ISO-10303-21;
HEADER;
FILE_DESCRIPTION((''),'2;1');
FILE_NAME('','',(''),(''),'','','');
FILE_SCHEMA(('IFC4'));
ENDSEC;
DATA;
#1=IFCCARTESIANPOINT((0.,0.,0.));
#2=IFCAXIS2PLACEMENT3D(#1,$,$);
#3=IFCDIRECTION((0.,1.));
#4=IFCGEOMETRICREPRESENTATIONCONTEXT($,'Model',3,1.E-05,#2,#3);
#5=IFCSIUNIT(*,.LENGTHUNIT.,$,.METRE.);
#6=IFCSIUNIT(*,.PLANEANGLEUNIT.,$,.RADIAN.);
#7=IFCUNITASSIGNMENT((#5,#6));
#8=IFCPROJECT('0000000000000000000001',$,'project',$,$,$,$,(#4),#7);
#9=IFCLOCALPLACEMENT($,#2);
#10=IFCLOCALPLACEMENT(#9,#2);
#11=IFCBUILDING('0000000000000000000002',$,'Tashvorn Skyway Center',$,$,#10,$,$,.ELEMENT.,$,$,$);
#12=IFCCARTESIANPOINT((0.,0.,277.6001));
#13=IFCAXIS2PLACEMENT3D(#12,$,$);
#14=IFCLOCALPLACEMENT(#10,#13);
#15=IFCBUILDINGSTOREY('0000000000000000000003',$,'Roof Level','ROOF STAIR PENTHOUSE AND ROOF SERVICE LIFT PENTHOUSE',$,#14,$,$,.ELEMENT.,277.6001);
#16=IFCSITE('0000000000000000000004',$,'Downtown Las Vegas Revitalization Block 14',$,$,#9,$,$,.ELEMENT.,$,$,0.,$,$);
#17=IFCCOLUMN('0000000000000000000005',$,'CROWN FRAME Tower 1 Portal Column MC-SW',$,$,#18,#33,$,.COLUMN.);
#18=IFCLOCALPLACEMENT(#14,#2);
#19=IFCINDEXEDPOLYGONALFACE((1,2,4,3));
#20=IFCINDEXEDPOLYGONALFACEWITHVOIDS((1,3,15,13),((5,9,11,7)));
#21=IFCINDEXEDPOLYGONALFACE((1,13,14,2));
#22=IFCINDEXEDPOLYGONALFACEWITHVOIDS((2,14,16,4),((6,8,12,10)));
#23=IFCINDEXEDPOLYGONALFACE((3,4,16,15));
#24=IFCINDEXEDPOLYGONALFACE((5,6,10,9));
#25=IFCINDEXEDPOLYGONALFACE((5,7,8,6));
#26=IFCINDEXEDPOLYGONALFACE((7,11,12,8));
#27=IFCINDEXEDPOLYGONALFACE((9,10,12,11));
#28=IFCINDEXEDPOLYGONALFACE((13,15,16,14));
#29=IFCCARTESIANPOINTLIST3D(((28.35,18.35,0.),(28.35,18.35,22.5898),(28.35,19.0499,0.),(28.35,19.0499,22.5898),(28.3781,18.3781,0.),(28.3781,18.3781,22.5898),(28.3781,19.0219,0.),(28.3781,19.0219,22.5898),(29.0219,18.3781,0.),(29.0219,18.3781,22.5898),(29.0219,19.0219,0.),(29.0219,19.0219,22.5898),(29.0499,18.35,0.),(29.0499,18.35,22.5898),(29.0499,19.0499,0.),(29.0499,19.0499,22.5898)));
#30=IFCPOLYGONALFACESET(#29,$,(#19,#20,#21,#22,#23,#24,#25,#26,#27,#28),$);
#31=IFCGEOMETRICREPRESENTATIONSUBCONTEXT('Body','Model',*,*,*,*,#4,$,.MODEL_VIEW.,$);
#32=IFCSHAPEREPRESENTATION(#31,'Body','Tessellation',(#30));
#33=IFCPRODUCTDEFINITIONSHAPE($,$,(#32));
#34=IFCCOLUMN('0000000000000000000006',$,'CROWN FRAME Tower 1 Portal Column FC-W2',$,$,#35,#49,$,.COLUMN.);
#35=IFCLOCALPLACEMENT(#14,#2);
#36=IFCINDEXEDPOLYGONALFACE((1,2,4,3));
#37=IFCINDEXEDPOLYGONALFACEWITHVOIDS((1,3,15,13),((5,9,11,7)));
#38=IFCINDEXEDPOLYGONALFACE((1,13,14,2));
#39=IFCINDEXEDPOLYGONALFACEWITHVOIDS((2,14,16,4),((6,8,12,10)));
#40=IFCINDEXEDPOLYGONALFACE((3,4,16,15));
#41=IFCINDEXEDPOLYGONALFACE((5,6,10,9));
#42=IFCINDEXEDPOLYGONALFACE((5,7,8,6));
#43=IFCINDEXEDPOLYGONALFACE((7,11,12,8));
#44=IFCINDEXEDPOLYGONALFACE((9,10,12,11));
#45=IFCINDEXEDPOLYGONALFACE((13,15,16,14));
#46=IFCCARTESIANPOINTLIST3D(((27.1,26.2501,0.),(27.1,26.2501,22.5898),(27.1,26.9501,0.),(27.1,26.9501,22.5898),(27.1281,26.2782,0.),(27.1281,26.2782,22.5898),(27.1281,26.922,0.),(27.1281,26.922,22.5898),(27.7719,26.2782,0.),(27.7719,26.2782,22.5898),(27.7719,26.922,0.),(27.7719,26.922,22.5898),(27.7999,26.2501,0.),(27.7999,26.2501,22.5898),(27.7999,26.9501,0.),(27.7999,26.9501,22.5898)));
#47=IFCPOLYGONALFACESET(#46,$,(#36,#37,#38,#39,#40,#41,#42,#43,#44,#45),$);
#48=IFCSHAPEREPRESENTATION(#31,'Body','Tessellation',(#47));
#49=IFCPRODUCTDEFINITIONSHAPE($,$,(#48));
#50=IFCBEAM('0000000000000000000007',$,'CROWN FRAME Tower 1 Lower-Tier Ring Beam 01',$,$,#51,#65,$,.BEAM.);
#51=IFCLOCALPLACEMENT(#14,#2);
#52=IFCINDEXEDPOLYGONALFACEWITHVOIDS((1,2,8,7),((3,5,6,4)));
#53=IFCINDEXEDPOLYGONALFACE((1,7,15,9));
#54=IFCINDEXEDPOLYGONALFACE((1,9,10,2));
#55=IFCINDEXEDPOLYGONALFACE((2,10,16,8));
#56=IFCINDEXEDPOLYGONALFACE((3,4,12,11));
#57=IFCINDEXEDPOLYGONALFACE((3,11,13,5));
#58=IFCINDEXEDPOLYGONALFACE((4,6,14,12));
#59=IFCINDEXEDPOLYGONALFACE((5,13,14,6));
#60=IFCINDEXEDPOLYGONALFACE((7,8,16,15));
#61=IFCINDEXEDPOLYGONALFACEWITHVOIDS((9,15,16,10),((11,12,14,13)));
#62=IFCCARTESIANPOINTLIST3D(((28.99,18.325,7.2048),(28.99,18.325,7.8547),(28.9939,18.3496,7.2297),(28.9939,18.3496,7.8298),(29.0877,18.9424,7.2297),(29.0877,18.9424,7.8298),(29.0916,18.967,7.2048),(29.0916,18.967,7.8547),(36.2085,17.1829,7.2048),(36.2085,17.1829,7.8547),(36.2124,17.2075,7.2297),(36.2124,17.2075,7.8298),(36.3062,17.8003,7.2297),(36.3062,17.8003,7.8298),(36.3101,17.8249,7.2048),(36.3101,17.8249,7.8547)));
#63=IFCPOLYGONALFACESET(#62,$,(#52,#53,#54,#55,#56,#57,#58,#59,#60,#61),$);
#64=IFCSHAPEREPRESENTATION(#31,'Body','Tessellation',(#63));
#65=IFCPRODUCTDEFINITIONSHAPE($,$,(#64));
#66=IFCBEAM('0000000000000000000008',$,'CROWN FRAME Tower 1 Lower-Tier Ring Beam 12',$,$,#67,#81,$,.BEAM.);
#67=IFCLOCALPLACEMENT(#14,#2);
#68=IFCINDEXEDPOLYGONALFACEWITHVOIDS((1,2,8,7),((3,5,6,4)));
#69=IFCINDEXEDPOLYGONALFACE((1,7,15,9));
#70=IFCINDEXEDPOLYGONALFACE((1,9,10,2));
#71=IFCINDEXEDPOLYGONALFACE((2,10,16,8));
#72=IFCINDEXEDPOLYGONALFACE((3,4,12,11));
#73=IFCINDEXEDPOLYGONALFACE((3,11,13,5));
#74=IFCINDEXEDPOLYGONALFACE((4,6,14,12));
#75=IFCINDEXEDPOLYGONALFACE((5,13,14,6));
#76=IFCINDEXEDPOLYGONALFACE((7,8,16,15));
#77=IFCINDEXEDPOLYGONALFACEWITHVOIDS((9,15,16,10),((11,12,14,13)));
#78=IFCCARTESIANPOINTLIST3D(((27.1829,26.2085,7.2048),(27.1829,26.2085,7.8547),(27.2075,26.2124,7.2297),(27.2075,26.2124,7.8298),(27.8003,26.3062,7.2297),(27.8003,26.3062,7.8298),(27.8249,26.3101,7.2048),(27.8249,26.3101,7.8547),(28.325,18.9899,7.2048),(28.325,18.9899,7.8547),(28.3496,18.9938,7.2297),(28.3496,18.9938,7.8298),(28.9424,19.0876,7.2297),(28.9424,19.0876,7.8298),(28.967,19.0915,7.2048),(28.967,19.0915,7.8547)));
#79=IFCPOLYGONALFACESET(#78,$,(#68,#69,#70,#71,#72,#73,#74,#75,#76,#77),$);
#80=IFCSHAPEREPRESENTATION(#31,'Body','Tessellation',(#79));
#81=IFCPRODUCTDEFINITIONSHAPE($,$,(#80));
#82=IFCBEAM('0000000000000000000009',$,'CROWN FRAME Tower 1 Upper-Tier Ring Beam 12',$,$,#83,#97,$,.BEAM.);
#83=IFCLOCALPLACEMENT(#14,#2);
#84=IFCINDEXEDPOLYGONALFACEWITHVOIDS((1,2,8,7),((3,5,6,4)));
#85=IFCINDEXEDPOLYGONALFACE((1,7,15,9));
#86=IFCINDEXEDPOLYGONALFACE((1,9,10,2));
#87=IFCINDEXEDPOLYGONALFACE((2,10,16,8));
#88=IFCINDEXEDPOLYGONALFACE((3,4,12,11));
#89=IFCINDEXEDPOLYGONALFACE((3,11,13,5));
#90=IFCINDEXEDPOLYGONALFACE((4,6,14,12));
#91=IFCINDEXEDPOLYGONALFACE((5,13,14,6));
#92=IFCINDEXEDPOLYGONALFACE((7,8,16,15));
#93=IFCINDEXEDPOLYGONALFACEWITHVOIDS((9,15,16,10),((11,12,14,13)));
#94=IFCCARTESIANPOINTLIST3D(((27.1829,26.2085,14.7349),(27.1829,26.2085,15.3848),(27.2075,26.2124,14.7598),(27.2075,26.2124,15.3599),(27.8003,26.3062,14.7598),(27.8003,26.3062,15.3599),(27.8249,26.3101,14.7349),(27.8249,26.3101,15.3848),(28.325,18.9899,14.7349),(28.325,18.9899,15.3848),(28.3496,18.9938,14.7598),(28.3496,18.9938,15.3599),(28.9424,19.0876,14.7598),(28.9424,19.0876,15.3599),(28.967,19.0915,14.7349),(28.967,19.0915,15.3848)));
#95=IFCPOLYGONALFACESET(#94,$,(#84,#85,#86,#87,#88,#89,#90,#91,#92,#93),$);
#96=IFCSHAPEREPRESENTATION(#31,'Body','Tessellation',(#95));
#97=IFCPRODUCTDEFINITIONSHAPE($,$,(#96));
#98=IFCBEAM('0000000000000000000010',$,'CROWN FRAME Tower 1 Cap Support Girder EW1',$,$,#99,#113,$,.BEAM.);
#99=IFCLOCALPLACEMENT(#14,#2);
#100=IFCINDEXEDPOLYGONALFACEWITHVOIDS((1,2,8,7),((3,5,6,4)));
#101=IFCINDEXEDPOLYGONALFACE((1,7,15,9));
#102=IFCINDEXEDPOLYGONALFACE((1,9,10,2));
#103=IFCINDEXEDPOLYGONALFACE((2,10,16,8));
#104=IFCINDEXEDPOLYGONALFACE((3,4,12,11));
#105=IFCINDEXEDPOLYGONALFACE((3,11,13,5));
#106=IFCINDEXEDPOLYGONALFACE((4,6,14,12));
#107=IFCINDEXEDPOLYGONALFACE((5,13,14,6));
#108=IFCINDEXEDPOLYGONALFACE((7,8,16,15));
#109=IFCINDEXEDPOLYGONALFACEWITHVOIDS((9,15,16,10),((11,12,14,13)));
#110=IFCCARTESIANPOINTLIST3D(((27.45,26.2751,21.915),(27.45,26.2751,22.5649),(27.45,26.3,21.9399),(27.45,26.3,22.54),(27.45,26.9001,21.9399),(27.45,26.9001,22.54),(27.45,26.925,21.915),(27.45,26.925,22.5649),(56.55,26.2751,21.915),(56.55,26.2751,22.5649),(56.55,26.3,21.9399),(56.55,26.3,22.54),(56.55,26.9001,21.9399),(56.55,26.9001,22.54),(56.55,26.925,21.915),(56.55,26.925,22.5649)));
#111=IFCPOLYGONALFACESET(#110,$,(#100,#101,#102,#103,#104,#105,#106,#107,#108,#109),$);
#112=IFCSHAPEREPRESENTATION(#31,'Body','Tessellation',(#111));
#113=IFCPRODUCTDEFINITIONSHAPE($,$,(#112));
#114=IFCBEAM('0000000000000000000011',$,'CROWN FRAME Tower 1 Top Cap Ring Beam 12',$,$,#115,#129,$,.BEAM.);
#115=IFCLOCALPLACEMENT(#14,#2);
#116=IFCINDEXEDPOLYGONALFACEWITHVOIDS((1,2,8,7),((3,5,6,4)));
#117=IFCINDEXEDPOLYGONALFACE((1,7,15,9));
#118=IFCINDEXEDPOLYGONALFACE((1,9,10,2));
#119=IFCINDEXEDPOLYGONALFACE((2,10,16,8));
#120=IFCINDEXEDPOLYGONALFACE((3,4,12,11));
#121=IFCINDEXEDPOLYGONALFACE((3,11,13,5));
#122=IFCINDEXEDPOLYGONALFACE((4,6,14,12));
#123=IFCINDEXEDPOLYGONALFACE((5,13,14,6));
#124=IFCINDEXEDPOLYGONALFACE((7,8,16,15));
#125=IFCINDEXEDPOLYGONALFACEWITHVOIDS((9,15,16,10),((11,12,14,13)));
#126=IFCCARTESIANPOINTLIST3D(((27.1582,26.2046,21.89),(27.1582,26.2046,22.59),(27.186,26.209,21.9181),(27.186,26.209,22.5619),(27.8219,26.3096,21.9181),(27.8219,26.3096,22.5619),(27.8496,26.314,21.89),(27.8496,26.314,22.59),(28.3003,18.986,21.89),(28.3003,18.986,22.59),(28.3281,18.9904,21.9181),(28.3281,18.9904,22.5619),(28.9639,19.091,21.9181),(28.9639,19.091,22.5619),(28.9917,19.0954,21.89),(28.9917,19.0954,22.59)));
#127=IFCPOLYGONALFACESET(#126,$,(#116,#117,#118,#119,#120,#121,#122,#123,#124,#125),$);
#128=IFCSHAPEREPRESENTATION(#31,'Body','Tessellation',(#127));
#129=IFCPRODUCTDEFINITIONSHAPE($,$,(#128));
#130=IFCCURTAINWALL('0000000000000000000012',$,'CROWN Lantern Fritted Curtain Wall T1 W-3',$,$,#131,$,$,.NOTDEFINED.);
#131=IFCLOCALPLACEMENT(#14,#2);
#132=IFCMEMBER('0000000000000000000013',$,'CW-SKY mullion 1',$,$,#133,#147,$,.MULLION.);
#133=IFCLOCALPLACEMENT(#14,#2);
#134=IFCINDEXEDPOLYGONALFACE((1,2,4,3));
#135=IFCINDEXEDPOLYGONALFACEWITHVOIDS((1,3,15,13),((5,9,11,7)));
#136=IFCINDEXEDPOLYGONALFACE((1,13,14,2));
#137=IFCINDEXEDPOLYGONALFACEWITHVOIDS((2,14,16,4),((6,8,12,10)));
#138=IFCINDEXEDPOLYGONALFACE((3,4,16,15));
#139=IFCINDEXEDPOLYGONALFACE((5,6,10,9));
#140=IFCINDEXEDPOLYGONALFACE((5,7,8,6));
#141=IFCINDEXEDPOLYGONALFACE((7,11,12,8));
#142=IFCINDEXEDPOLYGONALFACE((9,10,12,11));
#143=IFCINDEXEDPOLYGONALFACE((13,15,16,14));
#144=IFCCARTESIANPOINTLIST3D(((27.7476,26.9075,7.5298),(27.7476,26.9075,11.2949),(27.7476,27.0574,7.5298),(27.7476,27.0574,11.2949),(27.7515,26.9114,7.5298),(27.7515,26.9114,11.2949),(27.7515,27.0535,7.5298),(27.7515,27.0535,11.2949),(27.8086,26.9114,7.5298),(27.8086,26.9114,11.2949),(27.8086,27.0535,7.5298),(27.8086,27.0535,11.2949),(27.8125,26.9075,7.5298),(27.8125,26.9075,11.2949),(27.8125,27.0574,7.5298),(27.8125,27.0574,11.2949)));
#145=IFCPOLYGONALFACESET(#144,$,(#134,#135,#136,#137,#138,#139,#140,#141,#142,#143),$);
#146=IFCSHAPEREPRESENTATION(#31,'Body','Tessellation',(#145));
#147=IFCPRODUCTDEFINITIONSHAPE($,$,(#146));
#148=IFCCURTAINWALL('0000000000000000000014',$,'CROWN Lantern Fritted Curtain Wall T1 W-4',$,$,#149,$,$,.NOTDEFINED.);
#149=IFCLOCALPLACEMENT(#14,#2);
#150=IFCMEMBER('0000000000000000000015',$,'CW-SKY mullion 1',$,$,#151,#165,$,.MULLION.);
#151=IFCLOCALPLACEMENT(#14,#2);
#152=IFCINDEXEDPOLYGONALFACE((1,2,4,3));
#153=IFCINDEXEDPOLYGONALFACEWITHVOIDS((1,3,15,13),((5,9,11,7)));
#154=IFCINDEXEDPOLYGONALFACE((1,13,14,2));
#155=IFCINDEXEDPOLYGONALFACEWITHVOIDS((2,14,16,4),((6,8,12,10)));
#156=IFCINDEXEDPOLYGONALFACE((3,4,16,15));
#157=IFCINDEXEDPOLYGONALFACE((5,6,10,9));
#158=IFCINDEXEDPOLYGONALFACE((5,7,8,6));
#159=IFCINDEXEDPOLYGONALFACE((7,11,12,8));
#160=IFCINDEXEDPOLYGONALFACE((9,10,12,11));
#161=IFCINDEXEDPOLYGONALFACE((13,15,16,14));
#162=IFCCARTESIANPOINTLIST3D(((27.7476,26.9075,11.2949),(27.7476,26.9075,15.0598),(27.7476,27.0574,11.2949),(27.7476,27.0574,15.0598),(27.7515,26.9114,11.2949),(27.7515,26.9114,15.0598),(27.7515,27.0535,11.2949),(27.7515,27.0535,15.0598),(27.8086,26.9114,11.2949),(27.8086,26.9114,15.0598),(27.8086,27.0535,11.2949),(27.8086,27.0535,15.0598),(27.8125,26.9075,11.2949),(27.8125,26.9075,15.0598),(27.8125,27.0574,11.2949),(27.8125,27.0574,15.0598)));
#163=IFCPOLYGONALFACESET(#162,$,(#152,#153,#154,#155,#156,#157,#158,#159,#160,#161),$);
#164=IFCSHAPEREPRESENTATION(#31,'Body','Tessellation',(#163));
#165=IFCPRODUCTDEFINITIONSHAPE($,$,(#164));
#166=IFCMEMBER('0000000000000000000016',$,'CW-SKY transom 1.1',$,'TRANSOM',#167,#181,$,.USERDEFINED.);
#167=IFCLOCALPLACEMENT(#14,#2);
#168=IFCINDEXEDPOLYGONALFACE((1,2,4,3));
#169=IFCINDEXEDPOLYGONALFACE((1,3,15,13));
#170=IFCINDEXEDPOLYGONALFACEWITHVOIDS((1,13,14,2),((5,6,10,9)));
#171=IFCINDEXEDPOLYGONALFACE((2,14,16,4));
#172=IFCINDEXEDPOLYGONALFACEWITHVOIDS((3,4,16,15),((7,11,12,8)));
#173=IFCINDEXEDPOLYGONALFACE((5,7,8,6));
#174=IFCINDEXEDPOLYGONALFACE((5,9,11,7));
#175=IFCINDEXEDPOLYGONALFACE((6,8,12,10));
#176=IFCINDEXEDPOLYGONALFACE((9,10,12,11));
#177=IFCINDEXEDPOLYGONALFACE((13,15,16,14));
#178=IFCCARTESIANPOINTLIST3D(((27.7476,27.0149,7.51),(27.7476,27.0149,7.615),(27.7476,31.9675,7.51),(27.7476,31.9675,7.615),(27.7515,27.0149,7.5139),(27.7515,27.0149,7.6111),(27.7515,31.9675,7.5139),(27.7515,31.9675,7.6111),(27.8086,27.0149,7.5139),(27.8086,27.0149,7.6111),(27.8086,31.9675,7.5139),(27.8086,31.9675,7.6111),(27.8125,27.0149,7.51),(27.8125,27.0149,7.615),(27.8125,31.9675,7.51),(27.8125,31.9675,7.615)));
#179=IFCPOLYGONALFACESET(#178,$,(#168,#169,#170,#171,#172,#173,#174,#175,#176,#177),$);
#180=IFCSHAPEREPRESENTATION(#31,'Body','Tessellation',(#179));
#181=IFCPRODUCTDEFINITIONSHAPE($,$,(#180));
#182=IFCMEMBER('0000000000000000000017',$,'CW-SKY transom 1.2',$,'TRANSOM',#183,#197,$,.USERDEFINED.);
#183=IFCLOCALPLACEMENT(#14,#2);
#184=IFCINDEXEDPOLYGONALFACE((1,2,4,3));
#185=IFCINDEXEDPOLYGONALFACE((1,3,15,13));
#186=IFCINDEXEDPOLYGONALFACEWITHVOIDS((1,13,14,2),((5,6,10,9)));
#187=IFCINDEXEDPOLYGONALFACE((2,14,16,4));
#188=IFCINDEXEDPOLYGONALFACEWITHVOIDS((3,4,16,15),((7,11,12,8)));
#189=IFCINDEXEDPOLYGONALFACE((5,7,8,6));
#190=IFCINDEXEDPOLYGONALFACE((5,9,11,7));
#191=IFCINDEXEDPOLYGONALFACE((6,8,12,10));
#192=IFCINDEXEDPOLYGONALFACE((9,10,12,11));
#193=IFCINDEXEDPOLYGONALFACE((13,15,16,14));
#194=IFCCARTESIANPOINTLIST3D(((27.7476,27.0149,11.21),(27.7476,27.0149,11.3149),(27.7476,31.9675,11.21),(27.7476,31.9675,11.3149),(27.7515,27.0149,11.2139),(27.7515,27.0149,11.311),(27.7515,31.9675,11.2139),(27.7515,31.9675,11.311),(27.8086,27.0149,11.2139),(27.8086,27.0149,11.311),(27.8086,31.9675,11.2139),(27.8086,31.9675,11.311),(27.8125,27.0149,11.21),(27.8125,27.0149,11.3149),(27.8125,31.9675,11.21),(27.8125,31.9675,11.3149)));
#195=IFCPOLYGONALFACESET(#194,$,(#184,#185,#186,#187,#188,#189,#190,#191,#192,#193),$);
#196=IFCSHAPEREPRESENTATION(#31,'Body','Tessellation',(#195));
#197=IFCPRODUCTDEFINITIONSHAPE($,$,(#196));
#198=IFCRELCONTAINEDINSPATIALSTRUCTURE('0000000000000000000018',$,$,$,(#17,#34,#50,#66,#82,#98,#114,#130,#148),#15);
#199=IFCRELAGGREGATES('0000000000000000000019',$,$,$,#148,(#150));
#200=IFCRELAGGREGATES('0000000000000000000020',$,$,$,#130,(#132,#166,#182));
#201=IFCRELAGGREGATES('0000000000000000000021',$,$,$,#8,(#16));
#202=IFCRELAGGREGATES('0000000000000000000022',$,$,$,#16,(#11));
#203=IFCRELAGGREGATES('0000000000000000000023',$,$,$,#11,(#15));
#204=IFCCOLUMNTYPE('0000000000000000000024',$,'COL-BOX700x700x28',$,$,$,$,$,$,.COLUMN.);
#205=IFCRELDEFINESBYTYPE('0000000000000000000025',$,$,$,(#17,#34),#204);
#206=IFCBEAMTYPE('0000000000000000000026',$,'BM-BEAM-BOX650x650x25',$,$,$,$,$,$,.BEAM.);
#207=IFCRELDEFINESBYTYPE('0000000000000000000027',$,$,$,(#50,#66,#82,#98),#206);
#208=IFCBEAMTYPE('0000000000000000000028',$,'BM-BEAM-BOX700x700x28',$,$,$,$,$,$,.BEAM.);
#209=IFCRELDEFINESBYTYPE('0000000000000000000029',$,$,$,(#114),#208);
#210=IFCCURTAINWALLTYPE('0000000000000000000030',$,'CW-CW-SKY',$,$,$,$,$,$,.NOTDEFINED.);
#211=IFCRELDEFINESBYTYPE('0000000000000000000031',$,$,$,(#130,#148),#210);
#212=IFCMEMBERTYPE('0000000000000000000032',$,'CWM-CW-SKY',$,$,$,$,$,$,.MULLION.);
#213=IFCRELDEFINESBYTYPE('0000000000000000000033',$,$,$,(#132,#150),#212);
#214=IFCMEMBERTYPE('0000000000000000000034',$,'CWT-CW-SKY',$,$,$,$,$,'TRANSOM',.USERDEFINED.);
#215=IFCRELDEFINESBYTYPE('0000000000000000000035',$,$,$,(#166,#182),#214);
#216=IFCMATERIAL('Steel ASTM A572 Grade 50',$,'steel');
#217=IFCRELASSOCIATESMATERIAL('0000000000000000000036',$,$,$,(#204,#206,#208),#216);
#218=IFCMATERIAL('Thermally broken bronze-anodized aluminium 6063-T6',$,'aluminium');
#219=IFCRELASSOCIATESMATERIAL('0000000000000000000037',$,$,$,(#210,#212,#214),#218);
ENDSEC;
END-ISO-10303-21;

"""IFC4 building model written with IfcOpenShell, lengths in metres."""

from ifc_helpers import new_model, si_unit, direction, frame, origin, origin_2d, place, context, subcontext, project, spatial, hollow_rectangle, extrude, material, material_profile, profile_set, type_object, element, aggregate, save


model = new_model("IFC4")

# Units and contexts
model_context = context("Model", 3, precision=1e-05, world=origin(), true_north=direction((0.0, 1.0)))
body_context = subcontext(model_context, "Body", "Model", "MODEL_VIEW")
ifc_project = project(units=[si_unit("LENGTHUNIT", "METRE"), si_unit("PLANEANGLEUNIT", "RADIAN")], contexts=[model_context])

# Site, building, storey
site_placement = place(None, origin())
site = spatial("IfcSite", under=ifc_project, at=site_placement, Name="Downtown Las Vegas Revitalization Block 14", CompositionType="ELEMENT", RefElevation=0.0)
building_placement = place(site_placement, origin())
building = spatial("IfcBuilding", under=site, at=building_placement, Name="Tashvorn Skyway Center", CompositionType="ELEMENT")
storey_placement = place(building_placement, frame((0.0, 0.0, 277.6001)))
storey = spatial("IfcBuildingStorey", under=building, at=storey_placement, Name="Roof Level", Description="ROOF STAIR PENTHOUSE AND ROOF SERVICE LIFT PENTHOUSE", CompositionType="ELEMENT", Elevation=277.6001)

# Columns
ifc_material_1 = material(Name="Steel ASTM A572 Grade 50", Category="steel")
ifc_material_profile_1 = material_profile(ifc_material_1, hollow_rectangle(XDim=0.7, YDim=0.7, WallThickness=0.0281, at=origin_2d()), Name="BOX700x700x28")
ifc_profile_set_1 = profile_set([ifc_material_profile_1], Name="Steel ASTM A572 Grade 50")
column_type = type_object("IfcColumnType", Name="COL-BOX700x700x28", PredefinedType="COLUMN", material=ifc_profile_set_1)
for number, where, z_axis, x_axis, name in (
    (1, (28.7, 18.7, 0.0), (0.0, 0.0, 1.0), (1.0, 0.0, 0.0), "CROWN FRAME Tower 1 Portal Column MC-SW"),
    (2, (27.45, 26.6001, 0.0), (0.0, 0.0, 1.0), (1.0, 0.0, 0.0), "CROWN FRAME Tower 1 Portal Column FC-W2"),
):
    element("IfcColumn", number, at=place(storey_placement, frame(where, z_axis=z_axis, x_axis=x_axis)), inside=storey, type_object=column_type, Name=name, PredefinedType="COLUMN", context=body_context, shape_type="SweptSolid", body=[
        extrude(hollow_rectangle(XDim=0.7, YDim=0.7, WallThickness=0.0281, at=origin_2d()), origin(), (0.0, 0.0, 1.0), 22.5898),
    ])

# Beams
ifc_material_profile_2 = material_profile(ifc_material_1, hollow_rectangle(XDim=0.6499, YDim=0.6499, WallThickness=0.0249, at=origin_2d()), Name="BOX650x650x25")
ifc_profile_set_2 = profile_set([ifc_material_profile_2], Name="Steel ASTM A572 Grade 50")
beam_type_1 = type_object("IfcBeamType", Name="BM-BEAM-BOX650x650x25", PredefinedType="BEAM", material=ifc_profile_set_2)
for number, where, z_axis, x_axis, name in (
    (3, (29.0408, 18.646, 7.5298), (0.987714, -0.156273, 0.0), (0.156273, 0.987714, 0.0), "CROWN FRAME Tower 1 Lower-Tier Ring Beam 01"),
    (4, (27.5039, 26.2593, 7.5298), (0.156273, -0.987714, 0.0), (0.987714, 0.156273, 0.0), "CROWN FRAME Tower 1 Lower-Tier Ring Beam 12"),
    (5, (27.5039, 26.2593, 15.0598), (0.156273, -0.987714, 0.0), (0.987714, 0.156273, 0.0), "CROWN FRAME Tower 1 Upper-Tier Ring Beam 12"),
):
    element("IfcBeam", number, at=place(storey_placement, frame(where, z_axis=z_axis, x_axis=x_axis)), inside=storey, type_object=beam_type_1, Name=name, PredefinedType="BEAM", context=body_context, shape_type="SweptSolid", body=[
        extrude(hollow_rectangle(XDim=0.6499, YDim=0.6499, WallThickness=0.0249, at=origin_2d()), origin(), (0.0, 0.0, 1.0), 7.3083),
    ])
beam_1_placement = place(storey_placement, frame((27.45, 26.6001, 22.24), z_axis=(1.0, 0.0, 0.0), x_axis=(0.0, 1.0, 0.0)))
element("IfcBeam", 6, at=beam_1_placement, inside=storey, type_object=beam_type_1, Name="CROWN FRAME Tower 1 Cap Support Girder EW1", PredefinedType="BEAM", context=body_context, shape_type="SweptSolid", body=[
    extrude(hollow_rectangle(XDim=0.6499, YDim=0.6499, WallThickness=0.0249, at=origin_2d()), origin(), (0.0, 0.0, 1.0), 29.1001),
])
ifc_material_profile_3 = material_profile(ifc_material_1, hollow_rectangle(XDim=0.7, YDim=0.7, WallThickness=0.0281, at=origin_2d()), Name="BOX700x700x28")
ifc_profile_set_3 = profile_set([ifc_material_profile_3], Name="Steel ASTM A572 Grade 50")
beam_type_2 = type_object("IfcBeamType", Name="BM-BEAM-BOX700x700x28", PredefinedType="BEAM", material=ifc_profile_set_3)
beam_2_placement = place(storey_placement, frame((27.5039, 26.2593, 22.24), z_axis=(0.156273, -0.987714, 0.0), x_axis=(0.987714, 0.156273, 0.0)))
element("IfcBeam", 7, at=beam_2_placement, inside=storey, type_object=beam_type_2, Name="CROWN FRAME Tower 1 Top Cap Ring Beam 12", PredefinedType="BEAM", context=body_context, shape_type="SweptSolid", body=[
    extrude(hollow_rectangle(XDim=0.7, YDim=0.7, WallThickness=0.0281, at=origin_2d()), origin(), (0.0, 0.0, 1.0), 7.3083),
])

# Curtain walls, members
ifc_material_2 = material(Name="Thermally broken bronze-anodized aluminium 6063-T6", Category="aluminium")
curtain_wall_type = type_object("IfcCurtainWallType", Name="CW-CW-SKY", PredefinedType="NOTDEFINED", material=ifc_material_2)
curtain_wall_1_placement = place(storey_placement, origin())
curtain_wall_1 = element("IfcCurtainWall", 8, at=curtain_wall_1_placement, inside=storey, type_object=curtain_wall_type, Name="CROWN Lantern Fritted Curtain Wall T1 W-3", PredefinedType="NOTDEFINED")
ifc_material_profile_4 = material_profile(ifc_material_2, hollow_rectangle(XDim=0.0649, YDim=0.1499, WallThickness=0.0039, at=origin_2d()), Name="ALU-MULL-65x150")
ifc_profile_set_4 = profile_set([ifc_material_profile_4], Name="Thermally broken bronze-anodized aluminium 6063-T6")
member_type_1 = type_object("IfcMemberType", Name="CWM-CW-SKY", PredefinedType="MULLION", material=ifc_profile_set_4)
member_1_placement = place(storey_placement, frame((27.78, 26.9824, 7.5298), z_axis=(0.0, 0.0, 1.0), x_axis=(-1.0, 0.0, 0.0)))
member_1 = element("IfcMember", 9, at=member_1_placement, type_object=member_type_1, Name="CW-SKY mullion 1", PredefinedType="MULLION", context=body_context, shape_type="SweptSolid", body=[
    extrude(hollow_rectangle(XDim=0.0649, YDim=0.1499, WallThickness=0.0039, at=origin_2d()), origin(), (0.0, 0.0, 1.0), 3.7651),
])
curtain_wall_2_placement = place(storey_placement, origin())
curtain_wall_2 = element("IfcCurtainWall", 10, at=curtain_wall_2_placement, inside=storey, type_object=curtain_wall_type, Name="CROWN Lantern Fritted Curtain Wall T1 W-4", PredefinedType="NOTDEFINED")
member_2_placement = place(storey_placement, frame((27.78, 26.9824, 11.2949), z_axis=(0.0, 0.0, 1.0), x_axis=(-1.0, 0.0, 0.0)))
member_2 = element("IfcMember", 11, at=member_2_placement, type_object=member_type_1, Name="CW-SKY mullion 1", PredefinedType="MULLION", context=body_context, shape_type="SweptSolid", body=[
    extrude(hollow_rectangle(XDim=0.0649, YDim=0.1499, WallThickness=0.0039, at=origin_2d()), origin(), (0.0, 0.0, 1.0), 3.7649),
])

# Members
ifc_material_profile_5 = material_profile(ifc_material_2, hollow_rectangle(XDim=0.0649, YDim=0.105, WallThickness=0.0039, at=origin_2d()), Name="ALU-TRAN-65x105")
ifc_profile_set_5 = profile_set([ifc_material_profile_5], Name="Thermally broken bronze-anodized aluminium 6063-T6")
member_type_2 = type_object("IfcMemberType", Name="CWT-CW-SKY", ElementType="TRANSOM", PredefinedType="USERDEFINED", material=ifc_profile_set_5)
member_3_placement = place(storey_placement, frame((27.78, 27.0149, 7.5625), z_axis=(0.0, 1.0, 0.0), x_axis=(-1.0, 0.0, 0.0)))
member_3 = element("IfcMember", 12, at=member_3_placement, type_object=member_type_2, Name="CW-SKY transom 1.1", ObjectType="TRANSOM", PredefinedType="USERDEFINED", context=body_context, shape_type="SweptSolid", body=[
    extrude(hollow_rectangle(XDim=0.0649, YDim=0.105, WallThickness=0.0039, at=origin_2d()), origin(), (0.0, 0.0, 1.0), 4.9526),
])
member_4_placement = place(storey_placement, frame((27.78, 27.0149, 11.2625), z_axis=(0.0, 1.0, 0.0), x_axis=(-1.0, 0.0, 0.0)))
member_4 = element("IfcMember", 13, at=member_4_placement, type_object=member_type_2, Name="CW-SKY transom 1.2", ObjectType="TRANSOM", PredefinedType="USERDEFINED", context=body_context, shape_type="SweptSolid", body=[
    extrude(hollow_rectangle(XDim=0.0649, YDim=0.105, WallThickness=0.0039, at=origin_2d()), origin(), (0.0, 0.0, 1.0), 4.9526),
])
aggregate(curtain_wall_2, [member_2])

aggregate(curtain_wall_1, [member_1, member_3, member_4])

save(model, "model.ifc")
